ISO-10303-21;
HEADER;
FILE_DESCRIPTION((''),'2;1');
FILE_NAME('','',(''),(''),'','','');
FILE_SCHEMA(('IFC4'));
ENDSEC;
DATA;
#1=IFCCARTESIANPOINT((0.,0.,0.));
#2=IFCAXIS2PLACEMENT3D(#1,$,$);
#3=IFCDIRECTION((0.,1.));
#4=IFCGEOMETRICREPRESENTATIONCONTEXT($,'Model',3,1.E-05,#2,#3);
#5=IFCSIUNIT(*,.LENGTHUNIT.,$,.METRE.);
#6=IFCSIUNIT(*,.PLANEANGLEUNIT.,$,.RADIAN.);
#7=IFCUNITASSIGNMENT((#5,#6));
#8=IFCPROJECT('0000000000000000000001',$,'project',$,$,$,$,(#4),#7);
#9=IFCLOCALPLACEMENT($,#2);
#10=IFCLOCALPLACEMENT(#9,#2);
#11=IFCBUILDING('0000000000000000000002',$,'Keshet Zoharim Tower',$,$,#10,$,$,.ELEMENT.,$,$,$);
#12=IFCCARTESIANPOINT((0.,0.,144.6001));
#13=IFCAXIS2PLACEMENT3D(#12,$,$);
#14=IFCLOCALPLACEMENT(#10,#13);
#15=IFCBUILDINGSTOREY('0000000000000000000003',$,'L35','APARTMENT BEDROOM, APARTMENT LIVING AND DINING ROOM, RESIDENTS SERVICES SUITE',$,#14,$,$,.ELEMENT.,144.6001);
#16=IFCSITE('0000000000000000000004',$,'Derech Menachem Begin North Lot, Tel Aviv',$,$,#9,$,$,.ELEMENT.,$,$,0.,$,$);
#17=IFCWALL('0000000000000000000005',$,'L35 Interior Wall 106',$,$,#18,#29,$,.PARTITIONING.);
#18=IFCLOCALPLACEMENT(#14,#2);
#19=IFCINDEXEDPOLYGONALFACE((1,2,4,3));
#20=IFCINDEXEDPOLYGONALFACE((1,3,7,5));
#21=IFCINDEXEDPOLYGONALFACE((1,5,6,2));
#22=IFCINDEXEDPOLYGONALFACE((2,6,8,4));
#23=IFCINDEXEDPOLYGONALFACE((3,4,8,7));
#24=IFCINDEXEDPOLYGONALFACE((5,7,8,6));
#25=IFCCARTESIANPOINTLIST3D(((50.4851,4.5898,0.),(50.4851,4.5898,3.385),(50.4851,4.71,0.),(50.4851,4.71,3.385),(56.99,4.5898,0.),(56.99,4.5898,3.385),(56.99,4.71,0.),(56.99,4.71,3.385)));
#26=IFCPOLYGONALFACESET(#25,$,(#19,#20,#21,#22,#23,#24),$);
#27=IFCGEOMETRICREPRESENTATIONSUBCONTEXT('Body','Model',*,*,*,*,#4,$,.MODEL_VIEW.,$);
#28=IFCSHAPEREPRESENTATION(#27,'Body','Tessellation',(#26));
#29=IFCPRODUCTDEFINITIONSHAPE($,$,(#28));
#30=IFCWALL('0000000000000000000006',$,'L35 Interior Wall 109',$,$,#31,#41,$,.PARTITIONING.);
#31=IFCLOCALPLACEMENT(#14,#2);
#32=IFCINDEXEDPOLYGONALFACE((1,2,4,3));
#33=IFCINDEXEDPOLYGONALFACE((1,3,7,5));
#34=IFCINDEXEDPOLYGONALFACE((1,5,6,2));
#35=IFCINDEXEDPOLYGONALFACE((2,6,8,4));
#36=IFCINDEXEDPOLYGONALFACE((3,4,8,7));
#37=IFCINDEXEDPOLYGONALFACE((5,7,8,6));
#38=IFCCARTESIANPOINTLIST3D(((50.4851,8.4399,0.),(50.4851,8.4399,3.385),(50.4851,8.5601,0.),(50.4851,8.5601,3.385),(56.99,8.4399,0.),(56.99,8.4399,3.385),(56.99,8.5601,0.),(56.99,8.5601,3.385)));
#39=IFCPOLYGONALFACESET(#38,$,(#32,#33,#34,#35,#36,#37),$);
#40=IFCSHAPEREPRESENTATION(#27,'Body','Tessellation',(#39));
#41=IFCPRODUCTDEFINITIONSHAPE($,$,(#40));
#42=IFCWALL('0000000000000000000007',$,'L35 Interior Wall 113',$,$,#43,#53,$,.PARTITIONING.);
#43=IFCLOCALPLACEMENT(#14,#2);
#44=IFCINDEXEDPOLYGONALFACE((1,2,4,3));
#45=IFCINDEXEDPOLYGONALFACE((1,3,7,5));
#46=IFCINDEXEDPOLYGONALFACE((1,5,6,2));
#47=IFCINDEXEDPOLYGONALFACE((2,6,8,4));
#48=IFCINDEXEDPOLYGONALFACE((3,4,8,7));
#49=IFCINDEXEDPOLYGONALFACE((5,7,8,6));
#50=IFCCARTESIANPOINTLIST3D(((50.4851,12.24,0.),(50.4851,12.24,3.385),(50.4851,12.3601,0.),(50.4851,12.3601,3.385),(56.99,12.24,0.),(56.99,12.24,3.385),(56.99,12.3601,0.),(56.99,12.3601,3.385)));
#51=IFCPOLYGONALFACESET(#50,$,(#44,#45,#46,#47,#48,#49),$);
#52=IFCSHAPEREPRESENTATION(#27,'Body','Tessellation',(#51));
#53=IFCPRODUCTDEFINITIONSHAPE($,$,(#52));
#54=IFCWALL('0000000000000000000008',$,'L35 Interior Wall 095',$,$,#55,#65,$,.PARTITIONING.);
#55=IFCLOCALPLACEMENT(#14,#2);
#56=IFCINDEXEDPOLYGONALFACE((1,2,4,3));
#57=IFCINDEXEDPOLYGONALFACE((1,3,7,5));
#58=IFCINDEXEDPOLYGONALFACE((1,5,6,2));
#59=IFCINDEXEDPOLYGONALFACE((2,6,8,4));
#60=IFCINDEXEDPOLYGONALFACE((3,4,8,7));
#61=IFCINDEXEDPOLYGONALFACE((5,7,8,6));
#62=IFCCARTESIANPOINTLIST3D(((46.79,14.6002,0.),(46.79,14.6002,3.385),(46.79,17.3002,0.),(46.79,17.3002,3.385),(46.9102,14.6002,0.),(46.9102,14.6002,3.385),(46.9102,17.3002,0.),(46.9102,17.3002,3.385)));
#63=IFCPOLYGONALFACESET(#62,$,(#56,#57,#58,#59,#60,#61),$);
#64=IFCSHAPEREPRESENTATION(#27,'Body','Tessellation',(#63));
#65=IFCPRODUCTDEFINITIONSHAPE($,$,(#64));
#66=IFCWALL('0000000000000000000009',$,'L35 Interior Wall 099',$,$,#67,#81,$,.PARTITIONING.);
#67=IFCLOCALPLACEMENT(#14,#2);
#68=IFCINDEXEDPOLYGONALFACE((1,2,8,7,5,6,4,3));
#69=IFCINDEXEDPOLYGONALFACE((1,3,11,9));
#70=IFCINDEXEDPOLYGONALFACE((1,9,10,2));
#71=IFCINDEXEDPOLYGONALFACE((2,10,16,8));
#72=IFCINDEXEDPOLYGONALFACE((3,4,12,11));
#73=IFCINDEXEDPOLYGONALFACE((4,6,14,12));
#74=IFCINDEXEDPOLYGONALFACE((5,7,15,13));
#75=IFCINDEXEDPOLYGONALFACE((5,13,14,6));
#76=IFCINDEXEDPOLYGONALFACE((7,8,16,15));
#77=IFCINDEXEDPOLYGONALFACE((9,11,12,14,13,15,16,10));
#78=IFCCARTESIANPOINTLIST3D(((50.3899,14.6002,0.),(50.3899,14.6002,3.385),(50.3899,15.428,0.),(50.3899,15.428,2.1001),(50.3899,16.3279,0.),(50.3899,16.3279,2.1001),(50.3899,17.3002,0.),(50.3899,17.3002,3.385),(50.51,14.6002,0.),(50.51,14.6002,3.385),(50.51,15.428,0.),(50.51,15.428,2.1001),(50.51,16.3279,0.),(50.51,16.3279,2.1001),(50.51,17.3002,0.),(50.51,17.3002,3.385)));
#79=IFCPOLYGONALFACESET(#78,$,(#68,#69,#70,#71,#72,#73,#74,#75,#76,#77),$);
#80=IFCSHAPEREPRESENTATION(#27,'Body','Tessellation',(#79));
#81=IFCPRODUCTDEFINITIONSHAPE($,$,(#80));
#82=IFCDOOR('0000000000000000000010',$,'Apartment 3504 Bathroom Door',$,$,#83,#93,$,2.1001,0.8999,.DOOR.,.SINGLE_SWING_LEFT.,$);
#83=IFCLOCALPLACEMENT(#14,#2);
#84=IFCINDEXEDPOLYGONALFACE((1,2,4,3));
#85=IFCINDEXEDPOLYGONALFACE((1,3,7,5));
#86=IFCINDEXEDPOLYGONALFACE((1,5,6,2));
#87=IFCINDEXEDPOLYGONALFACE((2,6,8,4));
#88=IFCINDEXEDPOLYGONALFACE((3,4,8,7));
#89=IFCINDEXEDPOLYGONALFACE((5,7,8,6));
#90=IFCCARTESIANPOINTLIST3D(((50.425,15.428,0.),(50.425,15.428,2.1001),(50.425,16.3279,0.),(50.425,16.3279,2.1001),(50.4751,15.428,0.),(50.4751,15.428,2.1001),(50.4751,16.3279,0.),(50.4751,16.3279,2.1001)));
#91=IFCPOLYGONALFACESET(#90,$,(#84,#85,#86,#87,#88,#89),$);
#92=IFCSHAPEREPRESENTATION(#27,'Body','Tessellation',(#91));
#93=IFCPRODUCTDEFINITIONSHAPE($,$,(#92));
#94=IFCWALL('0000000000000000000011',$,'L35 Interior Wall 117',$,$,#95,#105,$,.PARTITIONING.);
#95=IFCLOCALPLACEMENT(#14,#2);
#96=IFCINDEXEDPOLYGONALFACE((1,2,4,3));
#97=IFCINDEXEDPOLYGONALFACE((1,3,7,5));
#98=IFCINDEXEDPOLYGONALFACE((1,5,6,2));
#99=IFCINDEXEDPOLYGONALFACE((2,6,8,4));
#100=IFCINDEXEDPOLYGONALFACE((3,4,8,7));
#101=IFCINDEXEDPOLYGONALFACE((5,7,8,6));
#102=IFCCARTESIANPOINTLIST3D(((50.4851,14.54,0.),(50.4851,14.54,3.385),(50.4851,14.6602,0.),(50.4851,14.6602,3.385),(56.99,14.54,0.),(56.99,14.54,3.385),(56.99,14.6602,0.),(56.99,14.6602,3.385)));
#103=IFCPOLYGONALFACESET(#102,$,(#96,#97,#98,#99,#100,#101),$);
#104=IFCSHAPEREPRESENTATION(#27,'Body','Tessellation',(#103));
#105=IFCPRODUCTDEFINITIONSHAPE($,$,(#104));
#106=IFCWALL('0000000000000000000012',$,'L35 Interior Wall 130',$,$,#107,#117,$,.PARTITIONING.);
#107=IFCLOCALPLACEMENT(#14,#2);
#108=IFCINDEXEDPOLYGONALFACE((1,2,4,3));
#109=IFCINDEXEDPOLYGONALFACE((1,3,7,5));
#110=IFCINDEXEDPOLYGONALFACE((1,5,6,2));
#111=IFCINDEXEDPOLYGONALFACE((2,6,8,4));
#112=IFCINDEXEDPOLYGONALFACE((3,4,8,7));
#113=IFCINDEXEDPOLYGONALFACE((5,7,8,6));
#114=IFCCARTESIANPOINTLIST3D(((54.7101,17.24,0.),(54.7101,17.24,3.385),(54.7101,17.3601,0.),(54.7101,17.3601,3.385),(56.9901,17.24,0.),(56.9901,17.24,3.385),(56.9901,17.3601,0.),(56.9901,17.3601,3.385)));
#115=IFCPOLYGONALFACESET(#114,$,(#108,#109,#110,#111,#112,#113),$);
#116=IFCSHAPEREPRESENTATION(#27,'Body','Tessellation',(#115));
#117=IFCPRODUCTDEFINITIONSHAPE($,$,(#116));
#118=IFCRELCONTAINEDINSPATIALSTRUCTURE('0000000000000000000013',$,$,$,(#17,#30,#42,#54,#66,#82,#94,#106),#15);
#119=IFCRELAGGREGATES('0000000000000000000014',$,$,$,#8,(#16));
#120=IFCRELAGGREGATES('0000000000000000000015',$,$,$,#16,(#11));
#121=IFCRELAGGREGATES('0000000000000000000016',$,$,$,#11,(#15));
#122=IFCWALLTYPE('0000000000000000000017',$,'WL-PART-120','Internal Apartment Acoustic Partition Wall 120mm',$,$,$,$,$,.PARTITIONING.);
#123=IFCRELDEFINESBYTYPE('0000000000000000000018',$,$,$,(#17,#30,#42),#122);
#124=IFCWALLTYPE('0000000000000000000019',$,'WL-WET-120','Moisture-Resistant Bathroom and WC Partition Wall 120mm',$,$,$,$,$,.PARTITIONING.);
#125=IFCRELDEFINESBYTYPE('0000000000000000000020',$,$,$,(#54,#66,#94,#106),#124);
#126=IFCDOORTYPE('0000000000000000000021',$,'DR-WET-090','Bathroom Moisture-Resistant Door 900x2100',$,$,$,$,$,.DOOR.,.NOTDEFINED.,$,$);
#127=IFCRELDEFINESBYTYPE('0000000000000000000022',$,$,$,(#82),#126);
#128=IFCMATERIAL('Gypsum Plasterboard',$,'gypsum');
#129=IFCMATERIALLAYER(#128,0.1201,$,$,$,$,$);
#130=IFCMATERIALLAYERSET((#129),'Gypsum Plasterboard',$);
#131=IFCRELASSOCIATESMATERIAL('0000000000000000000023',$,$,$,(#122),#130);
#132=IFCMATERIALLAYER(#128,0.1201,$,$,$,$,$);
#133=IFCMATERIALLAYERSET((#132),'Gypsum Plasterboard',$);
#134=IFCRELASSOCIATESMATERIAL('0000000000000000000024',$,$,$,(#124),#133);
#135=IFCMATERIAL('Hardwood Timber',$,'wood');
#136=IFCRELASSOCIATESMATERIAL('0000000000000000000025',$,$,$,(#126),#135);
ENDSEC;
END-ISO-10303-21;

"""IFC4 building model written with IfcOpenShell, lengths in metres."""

from ifc_helpers import new_model, si_unit, direction, frame, frame_2d, origin, place, context, subcontext, project, spatial, rectangle, extrude, material, layer, layer_set, type_object, element, fill, save


model = new_model("IFC4")

# Units and contexts
model_context = context("Model", 3, precision=1e-05, world=origin(), true_north=direction((0.0, 1.0)))
body_context = subcontext(model_context, "Body", "Model", "MODEL_VIEW")
ifc_project = project(units=[si_unit("LENGTHUNIT", "METRE"), si_unit("PLANEANGLEUNIT", "RADIAN")], contexts=[model_context])

# Site, building, storey
site_placement = place(None, origin())
site = spatial("IfcSite", under=ifc_project, at=site_placement, Name="Derech Menachem Begin North Lot, Tel Aviv", CompositionType="ELEMENT", RefElevation=0.0)
building_placement = place(site_placement, origin())
building = spatial("IfcBuilding", under=site, at=building_placement, Name="Keshet Zoharim Tower", CompositionType="ELEMENT")
storey_placement = place(building_placement, frame((0.0, 0.0, 144.6001)))
storey = spatial("IfcBuildingStorey", under=building, at=storey_placement, Name="L35", Description="APARTMENT BEDROOM, APARTMENT LIVING AND DINING ROOM, RESIDENTS SERVICES SUITE", CompositionType="ELEMENT", Elevation=144.6001)

# Shared definitions
ifc_material_1 = material(Name="Gypsum Plasterboard", Category="gypsum")

# Shared definitions
ifc_material_2 = material(Name="Hardwood Timber", Category="wood")

# Shared definitions
ifc_layer_1 = layer(ifc_material_1, 0.1201)
ifc_layer_set_1 = layer_set([ifc_layer_1], Name="Gypsum Plasterboard")
wall_type_1 = type_object("IfcWallType", Name="WL-PART-120", Description="Internal Apartment Acoustic Partition Wall 120mm", PredefinedType="PARTITIONING", material=ifc_layer_set_1)

# Walls
for number, where, z_axis, x_axis, name in (
    (1, (50.4851, 4.6499, 0.0), (0.0, 0.0, 1.0), (1.0, 0.0, 0.0), "L35 Interior Wall 106"),
    (2, (50.4851, 8.5, 0.0), (0.0, 0.0, 1.0), (1.0, 0.0, 0.0), "L35 Interior Wall 109"),
    (3, (50.4851, 12.3, 0.0), (0.0, 0.0, 1.0), (1.0, 0.0, 0.0), "L35 Interior Wall 113"),
):
    element("IfcWall", number, at=place(storey_placement, frame(where, z_axis=z_axis, x_axis=x_axis)), inside=storey, type_object=wall_type_1, Name=name, PredefinedType="PARTITIONING", context=body_context, shape_type="SweptSolid", body=[
        extrude(rectangle(XDim=6.5049, YDim=0.1201, at=frame_2d((3.2524, 0.0))), origin(), (0.0, 0.0, 1.0), 3.385),
    ])
ifc_layer_2 = layer(ifc_material_1, 0.1201)
ifc_layer_set_2 = layer_set([ifc_layer_2], Name="Gypsum Plasterboard")
wall_type_2 = type_object("IfcWallType", Name="WL-WET-120", Description="Moisture-Resistant Bathroom and WC Partition Wall 120mm", PredefinedType="PARTITIONING", material=ifc_layer_set_2)
wall_1_placement = place(storey_placement, frame((46.8501, 14.6001, 0.0), z_axis=(0.0, 0.0, 1.0), x_axis=(0.0, 1.0, 0.0)))
element("IfcWall", 4, at=wall_1_placement, inside=storey, type_object=wall_type_2, Name="L35 Interior Wall 095", PredefinedType="PARTITIONING", context=body_context, shape_type="SweptSolid", body=[
    extrude(rectangle(XDim=2.7, YDim=0.1201, at=frame_2d((1.3501, 0.0))), origin(), (0.0, 0.0, 1.0), 3.385),
])

# Wall, opening, door
wall_2_placement = place(storey_placement, frame((50.45, 14.6001, 0.0), z_axis=(0.0, 0.0, 1.0), x_axis=(0.0, 1.0, 0.0)))
wall_2 = element("IfcWall", 5, at=wall_2_placement, inside=storey, type_object=wall_type_2, Name="L35 Interior Wall 099", PredefinedType="PARTITIONING", context=body_context, shape_type="SweptSolid", body=[
    extrude(rectangle(XDim=2.7, YDim=0.1201, at=frame_2d((1.3501, 0.0))), origin(), (0.0, 0.0, 1.0), 3.385),
])
opening_1_placement = place(wall_2_placement, frame((0.8279, 0.0, 0.0)))
opening_1 = element("IfcOpeningElement", 6, at=opening_1_placement, cuts=wall_2, PredefinedType="OPENING", context=body_context, shape_type="SweptSolid", body=[
    extrude(rectangle(XDim=0.8999, YDim=2.1001, at=frame_2d((0.45, 1.05))), frame((0.0, 0.0701, 0.0), z_axis=(0.0, -1.0, 0.0), x_axis=(1.0, 0.0, 0.0)), (0.0, 0.0, 1.0), 0.1401),
])
door_type_1 = type_object("IfcDoorType", Name="DR-WET-090", Description="Bathroom Moisture-Resistant Door 900x2100", OperationType="NOTDEFINED", PredefinedType="DOOR", material=ifc_material_2)
door_1_placement = place(opening_1_placement, origin())
door_1 = element("IfcDoor", 7, at=door_1_placement, inside=storey, type_object=door_type_1, Name="Apartment 3504 Bathroom Door", OperationType="SINGLE_SWING_LEFT", OverallHeight=2.1001, OverallWidth=0.8999, PredefinedType="DOOR", context=body_context, shape_type="SweptSolid", body=[
    extrude(rectangle(XDim=0.8999, YDim=2.1001, at=frame_2d((0.45, 1.05))), frame((0.0, 0.0249, 0.0), z_axis=(0.0, -1.0, 0.0), x_axis=(1.0, 0.0, 0.0)), (0.0, 0.0, 1.0), 0.05),
])
fill(opening_1, door_1)

# Walls
wall_3_placement = place(storey_placement, frame((50.4851, 14.6001, 0.0), z_axis=(0.0, 0.0, 1.0), x_axis=(1.0, 0.0, 0.0)))
element("IfcWall", 8, at=wall_3_placement, inside=storey, type_object=wall_type_2, Name="L35 Interior Wall 117", PredefinedType="PARTITIONING", context=body_context, shape_type="SweptSolid", body=[
    extrude(rectangle(XDim=6.5049, YDim=0.1201, at=frame_2d((3.2524, 0.0))), origin(), (0.0, 0.0, 1.0), 3.385),
])
wall_4_placement = place(storey_placement, frame((54.71, 17.3, 0.0), z_axis=(0.0, 0.0, 1.0), x_axis=(1.0, 0.0, 0.0)))
element("IfcWall", 9, at=wall_4_placement, inside=storey, type_object=wall_type_2, Name="L35 Interior Wall 130", PredefinedType="PARTITIONING", context=body_context, shape_type="SweptSolid", body=[
    extrude(rectangle(XDim=2.28, YDim=0.1201, at=frame_2d((1.1401, 0.0))), origin(), (0.0, 0.0, 1.0), 3.385),
])

save(model, "model.ifc")
